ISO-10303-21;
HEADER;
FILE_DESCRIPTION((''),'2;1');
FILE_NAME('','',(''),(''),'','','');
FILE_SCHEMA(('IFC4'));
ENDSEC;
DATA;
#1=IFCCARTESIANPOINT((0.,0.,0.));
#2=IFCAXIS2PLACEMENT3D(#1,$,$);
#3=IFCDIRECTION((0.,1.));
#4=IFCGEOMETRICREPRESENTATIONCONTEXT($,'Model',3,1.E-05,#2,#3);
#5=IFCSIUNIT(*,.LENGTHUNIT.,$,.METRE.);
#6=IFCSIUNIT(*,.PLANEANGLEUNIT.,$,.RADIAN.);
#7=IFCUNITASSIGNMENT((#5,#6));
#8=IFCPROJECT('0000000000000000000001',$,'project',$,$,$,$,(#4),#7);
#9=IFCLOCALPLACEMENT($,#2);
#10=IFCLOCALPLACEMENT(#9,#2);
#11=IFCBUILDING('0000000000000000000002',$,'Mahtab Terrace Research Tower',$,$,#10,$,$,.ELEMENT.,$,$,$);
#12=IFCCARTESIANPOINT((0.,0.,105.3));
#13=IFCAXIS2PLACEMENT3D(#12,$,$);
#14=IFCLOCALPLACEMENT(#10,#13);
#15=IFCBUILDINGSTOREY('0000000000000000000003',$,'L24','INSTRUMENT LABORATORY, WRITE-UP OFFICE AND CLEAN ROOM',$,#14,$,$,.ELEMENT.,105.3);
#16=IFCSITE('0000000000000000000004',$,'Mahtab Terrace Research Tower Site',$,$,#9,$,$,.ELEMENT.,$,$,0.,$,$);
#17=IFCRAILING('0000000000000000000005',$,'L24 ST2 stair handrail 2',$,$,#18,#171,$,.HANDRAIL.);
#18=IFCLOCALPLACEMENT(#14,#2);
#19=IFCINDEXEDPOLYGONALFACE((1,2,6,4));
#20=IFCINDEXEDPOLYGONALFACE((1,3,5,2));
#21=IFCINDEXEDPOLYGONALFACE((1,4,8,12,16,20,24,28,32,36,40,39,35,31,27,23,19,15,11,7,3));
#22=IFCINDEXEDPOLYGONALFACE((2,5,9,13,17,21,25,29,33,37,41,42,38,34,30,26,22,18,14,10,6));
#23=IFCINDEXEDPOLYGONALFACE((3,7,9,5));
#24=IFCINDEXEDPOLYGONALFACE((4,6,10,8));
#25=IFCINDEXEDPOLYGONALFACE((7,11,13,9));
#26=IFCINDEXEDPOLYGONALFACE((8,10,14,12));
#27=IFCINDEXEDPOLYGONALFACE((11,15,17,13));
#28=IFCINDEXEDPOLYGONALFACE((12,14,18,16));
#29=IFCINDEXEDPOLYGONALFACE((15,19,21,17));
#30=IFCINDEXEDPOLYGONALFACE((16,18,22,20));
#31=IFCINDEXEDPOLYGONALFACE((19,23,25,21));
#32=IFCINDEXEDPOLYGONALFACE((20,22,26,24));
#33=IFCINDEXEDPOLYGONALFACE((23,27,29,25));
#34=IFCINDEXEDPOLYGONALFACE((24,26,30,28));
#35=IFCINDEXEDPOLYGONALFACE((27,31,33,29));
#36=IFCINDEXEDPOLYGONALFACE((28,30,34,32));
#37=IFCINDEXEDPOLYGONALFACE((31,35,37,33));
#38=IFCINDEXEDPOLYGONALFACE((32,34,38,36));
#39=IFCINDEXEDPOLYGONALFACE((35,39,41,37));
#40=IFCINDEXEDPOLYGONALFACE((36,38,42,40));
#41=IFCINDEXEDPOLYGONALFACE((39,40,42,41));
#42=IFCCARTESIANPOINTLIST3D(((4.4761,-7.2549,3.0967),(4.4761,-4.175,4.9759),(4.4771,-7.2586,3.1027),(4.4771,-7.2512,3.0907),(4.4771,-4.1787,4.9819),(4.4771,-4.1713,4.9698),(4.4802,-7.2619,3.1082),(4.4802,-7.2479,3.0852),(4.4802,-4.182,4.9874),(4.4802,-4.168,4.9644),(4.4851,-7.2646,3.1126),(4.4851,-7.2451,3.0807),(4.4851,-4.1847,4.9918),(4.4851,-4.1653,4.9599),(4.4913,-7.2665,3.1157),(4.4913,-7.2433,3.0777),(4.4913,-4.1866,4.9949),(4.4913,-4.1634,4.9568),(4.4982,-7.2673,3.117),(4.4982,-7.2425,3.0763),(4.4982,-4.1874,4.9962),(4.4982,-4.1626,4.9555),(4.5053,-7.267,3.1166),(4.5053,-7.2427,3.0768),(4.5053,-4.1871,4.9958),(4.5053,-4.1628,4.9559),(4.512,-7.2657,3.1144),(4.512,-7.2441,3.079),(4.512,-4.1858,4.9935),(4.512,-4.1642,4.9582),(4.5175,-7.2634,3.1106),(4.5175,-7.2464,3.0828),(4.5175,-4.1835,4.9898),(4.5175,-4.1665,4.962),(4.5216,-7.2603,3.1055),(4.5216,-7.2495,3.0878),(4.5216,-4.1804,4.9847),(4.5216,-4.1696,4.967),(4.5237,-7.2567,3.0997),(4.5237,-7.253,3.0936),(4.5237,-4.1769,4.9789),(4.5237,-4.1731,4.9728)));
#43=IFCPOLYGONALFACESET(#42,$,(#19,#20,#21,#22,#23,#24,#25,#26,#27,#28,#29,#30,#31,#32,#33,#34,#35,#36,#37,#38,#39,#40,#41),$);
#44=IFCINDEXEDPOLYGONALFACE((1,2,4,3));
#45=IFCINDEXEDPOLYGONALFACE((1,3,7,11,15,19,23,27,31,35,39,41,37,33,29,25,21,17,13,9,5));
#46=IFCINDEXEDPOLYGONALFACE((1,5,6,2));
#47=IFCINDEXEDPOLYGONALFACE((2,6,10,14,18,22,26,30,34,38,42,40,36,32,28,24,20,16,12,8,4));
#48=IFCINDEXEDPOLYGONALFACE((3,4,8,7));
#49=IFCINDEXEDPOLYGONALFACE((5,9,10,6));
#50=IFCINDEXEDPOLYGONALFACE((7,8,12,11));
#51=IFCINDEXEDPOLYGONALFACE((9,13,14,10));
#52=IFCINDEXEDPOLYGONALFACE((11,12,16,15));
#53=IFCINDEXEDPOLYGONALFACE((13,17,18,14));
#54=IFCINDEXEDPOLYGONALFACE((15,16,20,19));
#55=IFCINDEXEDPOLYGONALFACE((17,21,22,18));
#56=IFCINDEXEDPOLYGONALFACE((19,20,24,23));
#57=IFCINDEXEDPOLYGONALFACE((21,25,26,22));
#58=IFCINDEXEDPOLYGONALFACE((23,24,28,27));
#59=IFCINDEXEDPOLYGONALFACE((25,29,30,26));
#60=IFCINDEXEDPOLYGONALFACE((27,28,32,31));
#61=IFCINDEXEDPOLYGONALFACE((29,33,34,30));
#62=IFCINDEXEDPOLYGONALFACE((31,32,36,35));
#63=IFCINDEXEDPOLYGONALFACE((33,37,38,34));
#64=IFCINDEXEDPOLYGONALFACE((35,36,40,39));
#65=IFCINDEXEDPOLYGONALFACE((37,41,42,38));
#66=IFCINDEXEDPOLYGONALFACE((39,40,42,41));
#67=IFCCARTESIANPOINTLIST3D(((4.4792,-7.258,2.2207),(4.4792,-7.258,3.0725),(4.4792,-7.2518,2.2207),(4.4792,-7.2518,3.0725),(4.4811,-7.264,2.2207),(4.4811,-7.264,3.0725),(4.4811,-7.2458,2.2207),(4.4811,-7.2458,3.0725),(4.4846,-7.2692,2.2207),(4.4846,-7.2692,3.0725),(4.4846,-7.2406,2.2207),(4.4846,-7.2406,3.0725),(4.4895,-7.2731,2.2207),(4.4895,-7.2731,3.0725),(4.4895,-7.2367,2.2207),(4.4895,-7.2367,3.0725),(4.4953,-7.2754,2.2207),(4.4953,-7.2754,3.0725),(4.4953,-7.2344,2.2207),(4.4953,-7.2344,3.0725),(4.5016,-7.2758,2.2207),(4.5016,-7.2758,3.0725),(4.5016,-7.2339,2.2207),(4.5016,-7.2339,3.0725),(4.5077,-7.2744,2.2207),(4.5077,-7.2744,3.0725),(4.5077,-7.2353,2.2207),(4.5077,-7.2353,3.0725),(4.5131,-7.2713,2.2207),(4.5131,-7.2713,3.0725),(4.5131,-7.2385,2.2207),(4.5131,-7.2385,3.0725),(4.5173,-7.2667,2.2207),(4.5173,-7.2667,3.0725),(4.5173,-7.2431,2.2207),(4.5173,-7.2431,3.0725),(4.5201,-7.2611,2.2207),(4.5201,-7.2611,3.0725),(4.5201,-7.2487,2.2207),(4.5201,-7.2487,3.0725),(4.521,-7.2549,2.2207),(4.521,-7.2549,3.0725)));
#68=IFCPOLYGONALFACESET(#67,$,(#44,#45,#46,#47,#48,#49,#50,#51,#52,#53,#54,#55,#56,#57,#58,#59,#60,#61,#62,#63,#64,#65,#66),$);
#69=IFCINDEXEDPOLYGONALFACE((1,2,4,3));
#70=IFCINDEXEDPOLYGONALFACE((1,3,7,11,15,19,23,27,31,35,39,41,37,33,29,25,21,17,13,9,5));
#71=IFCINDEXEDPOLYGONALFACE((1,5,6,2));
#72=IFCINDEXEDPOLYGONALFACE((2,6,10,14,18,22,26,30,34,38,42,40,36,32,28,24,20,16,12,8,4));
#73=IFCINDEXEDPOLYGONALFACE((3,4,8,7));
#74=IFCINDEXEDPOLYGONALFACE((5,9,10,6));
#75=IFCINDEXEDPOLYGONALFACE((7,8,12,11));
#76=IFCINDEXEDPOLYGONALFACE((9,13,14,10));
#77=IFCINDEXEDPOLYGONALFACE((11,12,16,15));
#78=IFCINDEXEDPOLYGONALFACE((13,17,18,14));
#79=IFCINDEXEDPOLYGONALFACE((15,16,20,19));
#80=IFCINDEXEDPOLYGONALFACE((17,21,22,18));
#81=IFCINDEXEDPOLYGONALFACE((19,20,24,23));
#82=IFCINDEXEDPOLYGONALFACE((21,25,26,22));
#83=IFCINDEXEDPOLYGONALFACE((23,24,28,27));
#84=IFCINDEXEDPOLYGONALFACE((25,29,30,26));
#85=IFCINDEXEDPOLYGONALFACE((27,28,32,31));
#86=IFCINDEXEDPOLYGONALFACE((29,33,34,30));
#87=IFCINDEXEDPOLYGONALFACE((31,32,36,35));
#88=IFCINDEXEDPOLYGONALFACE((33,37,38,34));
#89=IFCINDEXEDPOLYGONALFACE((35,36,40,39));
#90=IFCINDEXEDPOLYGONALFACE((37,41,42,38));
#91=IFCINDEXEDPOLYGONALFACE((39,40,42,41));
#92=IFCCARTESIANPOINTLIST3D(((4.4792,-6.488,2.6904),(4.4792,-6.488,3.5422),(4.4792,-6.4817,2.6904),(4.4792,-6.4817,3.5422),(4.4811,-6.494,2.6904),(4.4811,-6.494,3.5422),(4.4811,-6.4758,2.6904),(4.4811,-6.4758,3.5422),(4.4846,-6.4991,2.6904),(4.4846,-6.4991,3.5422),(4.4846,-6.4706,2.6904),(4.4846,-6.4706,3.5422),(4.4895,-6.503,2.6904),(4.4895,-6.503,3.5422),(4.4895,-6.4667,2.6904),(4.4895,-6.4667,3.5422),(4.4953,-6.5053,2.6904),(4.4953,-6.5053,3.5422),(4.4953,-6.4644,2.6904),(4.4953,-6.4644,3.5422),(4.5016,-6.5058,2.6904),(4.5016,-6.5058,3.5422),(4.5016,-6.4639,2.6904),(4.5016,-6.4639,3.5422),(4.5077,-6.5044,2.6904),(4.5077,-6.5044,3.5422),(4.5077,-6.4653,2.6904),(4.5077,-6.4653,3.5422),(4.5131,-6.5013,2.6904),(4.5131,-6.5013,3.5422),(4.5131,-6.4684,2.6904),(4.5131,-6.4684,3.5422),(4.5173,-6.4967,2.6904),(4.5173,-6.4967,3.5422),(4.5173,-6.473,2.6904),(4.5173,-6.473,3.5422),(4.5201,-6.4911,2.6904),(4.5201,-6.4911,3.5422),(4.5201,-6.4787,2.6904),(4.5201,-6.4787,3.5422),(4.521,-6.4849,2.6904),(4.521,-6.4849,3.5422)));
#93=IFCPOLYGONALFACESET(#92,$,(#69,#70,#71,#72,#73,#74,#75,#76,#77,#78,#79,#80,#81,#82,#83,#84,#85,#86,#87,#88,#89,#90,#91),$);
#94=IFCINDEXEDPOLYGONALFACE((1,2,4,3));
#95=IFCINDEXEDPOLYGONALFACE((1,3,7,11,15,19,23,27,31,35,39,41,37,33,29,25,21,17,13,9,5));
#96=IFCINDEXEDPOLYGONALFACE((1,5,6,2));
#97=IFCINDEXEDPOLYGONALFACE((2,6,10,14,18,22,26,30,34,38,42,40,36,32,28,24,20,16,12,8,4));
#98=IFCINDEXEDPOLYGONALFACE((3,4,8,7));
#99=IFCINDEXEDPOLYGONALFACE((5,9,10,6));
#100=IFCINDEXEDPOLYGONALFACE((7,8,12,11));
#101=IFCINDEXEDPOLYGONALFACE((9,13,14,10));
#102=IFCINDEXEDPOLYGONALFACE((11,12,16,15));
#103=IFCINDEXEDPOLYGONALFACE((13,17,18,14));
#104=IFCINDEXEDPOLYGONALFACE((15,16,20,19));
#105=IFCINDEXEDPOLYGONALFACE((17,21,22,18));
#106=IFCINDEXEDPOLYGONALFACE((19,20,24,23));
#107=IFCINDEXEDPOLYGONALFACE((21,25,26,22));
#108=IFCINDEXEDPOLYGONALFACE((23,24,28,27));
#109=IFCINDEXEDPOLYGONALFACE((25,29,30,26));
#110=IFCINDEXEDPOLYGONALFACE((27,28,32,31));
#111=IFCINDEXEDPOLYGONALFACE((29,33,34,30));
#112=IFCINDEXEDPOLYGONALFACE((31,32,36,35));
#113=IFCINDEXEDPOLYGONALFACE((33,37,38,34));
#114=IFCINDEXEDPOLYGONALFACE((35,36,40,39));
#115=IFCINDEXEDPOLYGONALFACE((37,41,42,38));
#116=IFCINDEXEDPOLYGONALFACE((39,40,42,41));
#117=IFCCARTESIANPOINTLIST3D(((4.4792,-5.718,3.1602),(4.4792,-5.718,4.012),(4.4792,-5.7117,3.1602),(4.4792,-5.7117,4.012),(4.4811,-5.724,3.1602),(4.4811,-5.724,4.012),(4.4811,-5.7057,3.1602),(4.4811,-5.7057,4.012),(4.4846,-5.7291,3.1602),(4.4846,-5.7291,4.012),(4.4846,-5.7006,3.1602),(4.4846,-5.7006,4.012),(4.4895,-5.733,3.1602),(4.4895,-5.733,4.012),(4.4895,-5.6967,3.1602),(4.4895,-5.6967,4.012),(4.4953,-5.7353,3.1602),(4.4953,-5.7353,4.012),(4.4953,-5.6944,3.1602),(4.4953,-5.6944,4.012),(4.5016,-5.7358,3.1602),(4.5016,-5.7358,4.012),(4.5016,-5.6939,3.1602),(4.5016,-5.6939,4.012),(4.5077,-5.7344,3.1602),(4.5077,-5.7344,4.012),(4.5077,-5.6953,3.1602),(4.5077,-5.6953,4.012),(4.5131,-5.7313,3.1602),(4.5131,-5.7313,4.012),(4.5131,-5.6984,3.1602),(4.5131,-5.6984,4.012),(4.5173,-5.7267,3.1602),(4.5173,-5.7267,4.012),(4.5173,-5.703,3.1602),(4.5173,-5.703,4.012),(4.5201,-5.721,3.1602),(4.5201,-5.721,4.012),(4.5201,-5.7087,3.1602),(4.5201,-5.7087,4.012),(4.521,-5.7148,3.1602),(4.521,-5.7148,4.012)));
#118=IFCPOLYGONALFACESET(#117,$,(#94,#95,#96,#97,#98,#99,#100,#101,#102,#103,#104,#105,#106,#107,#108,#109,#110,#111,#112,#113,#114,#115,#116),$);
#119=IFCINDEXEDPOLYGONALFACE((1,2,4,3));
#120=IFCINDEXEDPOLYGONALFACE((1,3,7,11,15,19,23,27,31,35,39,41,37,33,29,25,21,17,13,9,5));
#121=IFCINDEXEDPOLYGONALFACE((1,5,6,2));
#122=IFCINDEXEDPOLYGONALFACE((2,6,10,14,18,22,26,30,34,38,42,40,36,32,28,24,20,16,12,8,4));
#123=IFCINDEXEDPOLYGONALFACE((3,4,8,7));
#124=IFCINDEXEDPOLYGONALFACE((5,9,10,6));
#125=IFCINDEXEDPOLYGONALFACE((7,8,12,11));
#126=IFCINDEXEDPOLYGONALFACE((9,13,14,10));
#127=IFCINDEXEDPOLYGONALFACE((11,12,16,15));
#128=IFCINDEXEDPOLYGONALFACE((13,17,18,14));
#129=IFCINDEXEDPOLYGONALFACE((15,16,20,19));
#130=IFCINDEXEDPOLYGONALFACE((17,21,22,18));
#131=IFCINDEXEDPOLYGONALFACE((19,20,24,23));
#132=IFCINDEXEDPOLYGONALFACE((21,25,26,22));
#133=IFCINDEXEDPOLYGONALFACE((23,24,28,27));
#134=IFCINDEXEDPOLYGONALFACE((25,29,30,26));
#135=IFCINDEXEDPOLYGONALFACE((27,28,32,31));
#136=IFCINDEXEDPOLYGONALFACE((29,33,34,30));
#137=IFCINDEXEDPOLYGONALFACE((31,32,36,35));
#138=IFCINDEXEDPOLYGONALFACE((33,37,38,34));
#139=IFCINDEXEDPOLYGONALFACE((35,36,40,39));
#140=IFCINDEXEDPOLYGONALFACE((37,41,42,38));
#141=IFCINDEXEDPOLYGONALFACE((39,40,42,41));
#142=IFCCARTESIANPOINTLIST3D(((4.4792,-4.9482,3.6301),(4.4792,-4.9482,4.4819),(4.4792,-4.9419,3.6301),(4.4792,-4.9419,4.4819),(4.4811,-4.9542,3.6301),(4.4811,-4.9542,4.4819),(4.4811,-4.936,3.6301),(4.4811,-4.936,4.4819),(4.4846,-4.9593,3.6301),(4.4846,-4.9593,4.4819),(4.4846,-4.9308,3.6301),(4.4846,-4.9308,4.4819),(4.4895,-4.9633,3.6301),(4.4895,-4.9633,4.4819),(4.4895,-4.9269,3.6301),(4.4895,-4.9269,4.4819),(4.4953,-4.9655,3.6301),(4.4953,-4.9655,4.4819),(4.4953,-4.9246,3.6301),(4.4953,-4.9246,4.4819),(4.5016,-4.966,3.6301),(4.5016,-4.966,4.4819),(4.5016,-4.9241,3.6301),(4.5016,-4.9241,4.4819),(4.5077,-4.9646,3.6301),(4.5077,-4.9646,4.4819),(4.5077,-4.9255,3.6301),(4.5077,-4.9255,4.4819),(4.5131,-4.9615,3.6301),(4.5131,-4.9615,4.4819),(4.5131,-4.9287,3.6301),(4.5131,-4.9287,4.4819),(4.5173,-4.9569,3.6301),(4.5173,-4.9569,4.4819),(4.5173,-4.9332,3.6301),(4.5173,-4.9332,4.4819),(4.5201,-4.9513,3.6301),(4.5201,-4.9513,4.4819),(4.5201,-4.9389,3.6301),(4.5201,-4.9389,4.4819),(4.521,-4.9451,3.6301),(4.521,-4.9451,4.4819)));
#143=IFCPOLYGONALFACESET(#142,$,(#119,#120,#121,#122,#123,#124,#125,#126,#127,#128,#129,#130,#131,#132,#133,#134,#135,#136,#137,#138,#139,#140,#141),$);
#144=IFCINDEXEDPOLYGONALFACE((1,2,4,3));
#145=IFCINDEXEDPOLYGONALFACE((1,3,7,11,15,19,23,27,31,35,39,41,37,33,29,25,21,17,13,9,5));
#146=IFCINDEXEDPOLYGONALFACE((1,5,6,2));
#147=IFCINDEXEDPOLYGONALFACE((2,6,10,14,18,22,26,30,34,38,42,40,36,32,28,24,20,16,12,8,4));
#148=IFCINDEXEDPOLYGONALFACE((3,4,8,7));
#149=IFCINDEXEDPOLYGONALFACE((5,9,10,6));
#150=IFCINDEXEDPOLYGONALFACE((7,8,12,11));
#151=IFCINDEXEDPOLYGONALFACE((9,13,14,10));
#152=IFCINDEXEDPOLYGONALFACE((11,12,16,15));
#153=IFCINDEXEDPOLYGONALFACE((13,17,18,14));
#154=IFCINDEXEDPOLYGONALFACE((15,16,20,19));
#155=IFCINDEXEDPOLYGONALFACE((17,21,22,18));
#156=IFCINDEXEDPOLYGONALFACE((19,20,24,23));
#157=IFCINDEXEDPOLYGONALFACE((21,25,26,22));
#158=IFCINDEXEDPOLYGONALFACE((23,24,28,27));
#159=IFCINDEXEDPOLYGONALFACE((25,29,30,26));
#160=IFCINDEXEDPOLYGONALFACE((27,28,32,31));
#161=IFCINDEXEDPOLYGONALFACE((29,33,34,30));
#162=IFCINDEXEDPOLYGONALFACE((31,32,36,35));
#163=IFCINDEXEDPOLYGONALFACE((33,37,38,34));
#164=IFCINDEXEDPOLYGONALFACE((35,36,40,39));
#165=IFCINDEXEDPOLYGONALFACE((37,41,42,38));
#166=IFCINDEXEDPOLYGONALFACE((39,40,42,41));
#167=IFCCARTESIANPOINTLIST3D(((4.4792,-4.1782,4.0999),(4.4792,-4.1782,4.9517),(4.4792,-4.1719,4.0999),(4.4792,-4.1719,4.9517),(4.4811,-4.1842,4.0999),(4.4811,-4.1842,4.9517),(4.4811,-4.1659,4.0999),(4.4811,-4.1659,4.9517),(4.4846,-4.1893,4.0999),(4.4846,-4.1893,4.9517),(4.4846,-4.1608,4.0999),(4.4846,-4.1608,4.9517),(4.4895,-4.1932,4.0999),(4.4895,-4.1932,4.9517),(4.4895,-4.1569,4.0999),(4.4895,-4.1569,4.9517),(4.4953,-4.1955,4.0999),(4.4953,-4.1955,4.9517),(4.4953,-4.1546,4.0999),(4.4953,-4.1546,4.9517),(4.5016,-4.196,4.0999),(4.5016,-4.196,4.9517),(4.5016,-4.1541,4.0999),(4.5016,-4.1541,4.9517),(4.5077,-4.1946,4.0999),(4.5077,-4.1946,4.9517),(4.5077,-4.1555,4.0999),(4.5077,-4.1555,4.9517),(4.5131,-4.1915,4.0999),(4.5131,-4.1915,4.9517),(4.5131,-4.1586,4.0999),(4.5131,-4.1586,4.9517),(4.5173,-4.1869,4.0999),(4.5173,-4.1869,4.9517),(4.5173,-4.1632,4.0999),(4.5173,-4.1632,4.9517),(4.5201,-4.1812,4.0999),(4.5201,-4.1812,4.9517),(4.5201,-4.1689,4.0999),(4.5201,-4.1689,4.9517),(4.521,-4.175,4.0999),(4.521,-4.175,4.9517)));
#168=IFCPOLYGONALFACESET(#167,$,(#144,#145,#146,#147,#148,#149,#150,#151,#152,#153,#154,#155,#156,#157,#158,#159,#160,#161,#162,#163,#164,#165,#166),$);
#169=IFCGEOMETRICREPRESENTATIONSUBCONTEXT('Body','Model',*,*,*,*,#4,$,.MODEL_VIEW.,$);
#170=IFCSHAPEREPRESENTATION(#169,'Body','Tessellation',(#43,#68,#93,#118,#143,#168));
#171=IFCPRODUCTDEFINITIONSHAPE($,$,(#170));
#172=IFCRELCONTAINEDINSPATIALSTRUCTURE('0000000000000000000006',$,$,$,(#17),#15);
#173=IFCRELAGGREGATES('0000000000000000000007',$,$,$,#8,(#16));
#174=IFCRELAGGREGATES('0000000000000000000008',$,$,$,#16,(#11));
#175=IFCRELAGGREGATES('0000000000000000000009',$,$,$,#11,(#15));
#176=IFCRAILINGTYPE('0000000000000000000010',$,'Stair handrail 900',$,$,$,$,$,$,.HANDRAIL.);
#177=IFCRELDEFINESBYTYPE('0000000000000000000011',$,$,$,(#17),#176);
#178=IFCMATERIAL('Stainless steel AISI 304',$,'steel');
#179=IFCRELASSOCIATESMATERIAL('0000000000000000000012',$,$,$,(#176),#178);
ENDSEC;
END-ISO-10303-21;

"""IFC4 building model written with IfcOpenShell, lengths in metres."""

from ifc_helpers import new_model, si_unit, direction, frame, origin, origin_2d, place, context, subcontext, project, spatial, circle, extrude, material, type_object, element, save


model = new_model("IFC4")

# Units and contexts
model_context = context("Model", 3, precision=1e-05, world=origin(), true_north=direction((0.0, 1.0)))
body_context = subcontext(model_context, "Body", "Model", "MODEL_VIEW")
ifc_project = project(units=[si_unit("LENGTHUNIT", "METRE"), si_unit("PLANEANGLEUNIT", "RADIAN")], contexts=[model_context])

# Site, building, storey
site_placement = place(None, origin())
site = spatial("IfcSite", under=ifc_project, at=site_placement, Name="Mahtab Terrace Research Tower Site", CompositionType="ELEMENT", RefElevation=0.0)
building_placement = place(site_placement, origin())
building = spatial("IfcBuilding", under=site, at=building_placement, Name="Mahtab Terrace Research Tower", CompositionType="ELEMENT")
storey_placement = place(building_placement, frame((0.0, 0.0, 105.3)))
storey = spatial("IfcBuildingStorey", under=building, at=storey_placement, Name="L24", Description="INSTRUMENT LABORATORY, WRITE-UP OFFICE AND CLEAN ROOM", CompositionType="ELEMENT", Elevation=105.3)

# Railing
ifc_material_1 = material(Name="Stainless steel AISI 304", Category="steel")
railing_type_1 = type_object("IfcRailingType", Name="Stair handrail 900", PredefinedType="HANDRAIL", material=ifc_material_1)
railing_1_placement = place(storey_placement, frame((4.5, -7.2549, 2.2207)))
element("IfcRailing", 1, at=railing_1_placement, inside=storey, type_object=railing_type_1, Name="L24 ST2 stair handrail 2", PredefinedType="HANDRAIL", context=body_context, shape_type="SweptSolid", body=[
    extrude(circle(Radius=0.0239, at=origin_2d()), frame((0.0, 0.0, 0.876), z_axis=(0.0, 0.853648, 0.52085), x_axis=(-1.0, 0.0, 0.0)), (0.0, 0.0, 1.0), 3.6079),
    extrude(circle(Radius=0.021, at=origin_2d()), origin(), (0.0, 0.0, 1.0), 0.8518),
    extrude(circle(Radius=0.021, at=origin_2d()), frame((0.0, 0.77, 0.4697)), (0.0, 0.0, 1.0), 0.8518),
    extrude(circle(Radius=0.021, at=origin_2d()), frame((0.0, 1.54, 0.9395)), (0.0, 0.0, 1.0), 0.8518),
    extrude(circle(Radius=0.021, at=origin_2d()), frame((0.0, 2.3098, 1.4094)), (0.0, 0.0, 1.0), 0.8518),
    extrude(circle(Radius=0.021, at=origin_2d()), frame((0.0, 3.0798, 1.8792)), (0.0, 0.0, 1.0), 0.8518),
])

save(model, "model.ifc")
